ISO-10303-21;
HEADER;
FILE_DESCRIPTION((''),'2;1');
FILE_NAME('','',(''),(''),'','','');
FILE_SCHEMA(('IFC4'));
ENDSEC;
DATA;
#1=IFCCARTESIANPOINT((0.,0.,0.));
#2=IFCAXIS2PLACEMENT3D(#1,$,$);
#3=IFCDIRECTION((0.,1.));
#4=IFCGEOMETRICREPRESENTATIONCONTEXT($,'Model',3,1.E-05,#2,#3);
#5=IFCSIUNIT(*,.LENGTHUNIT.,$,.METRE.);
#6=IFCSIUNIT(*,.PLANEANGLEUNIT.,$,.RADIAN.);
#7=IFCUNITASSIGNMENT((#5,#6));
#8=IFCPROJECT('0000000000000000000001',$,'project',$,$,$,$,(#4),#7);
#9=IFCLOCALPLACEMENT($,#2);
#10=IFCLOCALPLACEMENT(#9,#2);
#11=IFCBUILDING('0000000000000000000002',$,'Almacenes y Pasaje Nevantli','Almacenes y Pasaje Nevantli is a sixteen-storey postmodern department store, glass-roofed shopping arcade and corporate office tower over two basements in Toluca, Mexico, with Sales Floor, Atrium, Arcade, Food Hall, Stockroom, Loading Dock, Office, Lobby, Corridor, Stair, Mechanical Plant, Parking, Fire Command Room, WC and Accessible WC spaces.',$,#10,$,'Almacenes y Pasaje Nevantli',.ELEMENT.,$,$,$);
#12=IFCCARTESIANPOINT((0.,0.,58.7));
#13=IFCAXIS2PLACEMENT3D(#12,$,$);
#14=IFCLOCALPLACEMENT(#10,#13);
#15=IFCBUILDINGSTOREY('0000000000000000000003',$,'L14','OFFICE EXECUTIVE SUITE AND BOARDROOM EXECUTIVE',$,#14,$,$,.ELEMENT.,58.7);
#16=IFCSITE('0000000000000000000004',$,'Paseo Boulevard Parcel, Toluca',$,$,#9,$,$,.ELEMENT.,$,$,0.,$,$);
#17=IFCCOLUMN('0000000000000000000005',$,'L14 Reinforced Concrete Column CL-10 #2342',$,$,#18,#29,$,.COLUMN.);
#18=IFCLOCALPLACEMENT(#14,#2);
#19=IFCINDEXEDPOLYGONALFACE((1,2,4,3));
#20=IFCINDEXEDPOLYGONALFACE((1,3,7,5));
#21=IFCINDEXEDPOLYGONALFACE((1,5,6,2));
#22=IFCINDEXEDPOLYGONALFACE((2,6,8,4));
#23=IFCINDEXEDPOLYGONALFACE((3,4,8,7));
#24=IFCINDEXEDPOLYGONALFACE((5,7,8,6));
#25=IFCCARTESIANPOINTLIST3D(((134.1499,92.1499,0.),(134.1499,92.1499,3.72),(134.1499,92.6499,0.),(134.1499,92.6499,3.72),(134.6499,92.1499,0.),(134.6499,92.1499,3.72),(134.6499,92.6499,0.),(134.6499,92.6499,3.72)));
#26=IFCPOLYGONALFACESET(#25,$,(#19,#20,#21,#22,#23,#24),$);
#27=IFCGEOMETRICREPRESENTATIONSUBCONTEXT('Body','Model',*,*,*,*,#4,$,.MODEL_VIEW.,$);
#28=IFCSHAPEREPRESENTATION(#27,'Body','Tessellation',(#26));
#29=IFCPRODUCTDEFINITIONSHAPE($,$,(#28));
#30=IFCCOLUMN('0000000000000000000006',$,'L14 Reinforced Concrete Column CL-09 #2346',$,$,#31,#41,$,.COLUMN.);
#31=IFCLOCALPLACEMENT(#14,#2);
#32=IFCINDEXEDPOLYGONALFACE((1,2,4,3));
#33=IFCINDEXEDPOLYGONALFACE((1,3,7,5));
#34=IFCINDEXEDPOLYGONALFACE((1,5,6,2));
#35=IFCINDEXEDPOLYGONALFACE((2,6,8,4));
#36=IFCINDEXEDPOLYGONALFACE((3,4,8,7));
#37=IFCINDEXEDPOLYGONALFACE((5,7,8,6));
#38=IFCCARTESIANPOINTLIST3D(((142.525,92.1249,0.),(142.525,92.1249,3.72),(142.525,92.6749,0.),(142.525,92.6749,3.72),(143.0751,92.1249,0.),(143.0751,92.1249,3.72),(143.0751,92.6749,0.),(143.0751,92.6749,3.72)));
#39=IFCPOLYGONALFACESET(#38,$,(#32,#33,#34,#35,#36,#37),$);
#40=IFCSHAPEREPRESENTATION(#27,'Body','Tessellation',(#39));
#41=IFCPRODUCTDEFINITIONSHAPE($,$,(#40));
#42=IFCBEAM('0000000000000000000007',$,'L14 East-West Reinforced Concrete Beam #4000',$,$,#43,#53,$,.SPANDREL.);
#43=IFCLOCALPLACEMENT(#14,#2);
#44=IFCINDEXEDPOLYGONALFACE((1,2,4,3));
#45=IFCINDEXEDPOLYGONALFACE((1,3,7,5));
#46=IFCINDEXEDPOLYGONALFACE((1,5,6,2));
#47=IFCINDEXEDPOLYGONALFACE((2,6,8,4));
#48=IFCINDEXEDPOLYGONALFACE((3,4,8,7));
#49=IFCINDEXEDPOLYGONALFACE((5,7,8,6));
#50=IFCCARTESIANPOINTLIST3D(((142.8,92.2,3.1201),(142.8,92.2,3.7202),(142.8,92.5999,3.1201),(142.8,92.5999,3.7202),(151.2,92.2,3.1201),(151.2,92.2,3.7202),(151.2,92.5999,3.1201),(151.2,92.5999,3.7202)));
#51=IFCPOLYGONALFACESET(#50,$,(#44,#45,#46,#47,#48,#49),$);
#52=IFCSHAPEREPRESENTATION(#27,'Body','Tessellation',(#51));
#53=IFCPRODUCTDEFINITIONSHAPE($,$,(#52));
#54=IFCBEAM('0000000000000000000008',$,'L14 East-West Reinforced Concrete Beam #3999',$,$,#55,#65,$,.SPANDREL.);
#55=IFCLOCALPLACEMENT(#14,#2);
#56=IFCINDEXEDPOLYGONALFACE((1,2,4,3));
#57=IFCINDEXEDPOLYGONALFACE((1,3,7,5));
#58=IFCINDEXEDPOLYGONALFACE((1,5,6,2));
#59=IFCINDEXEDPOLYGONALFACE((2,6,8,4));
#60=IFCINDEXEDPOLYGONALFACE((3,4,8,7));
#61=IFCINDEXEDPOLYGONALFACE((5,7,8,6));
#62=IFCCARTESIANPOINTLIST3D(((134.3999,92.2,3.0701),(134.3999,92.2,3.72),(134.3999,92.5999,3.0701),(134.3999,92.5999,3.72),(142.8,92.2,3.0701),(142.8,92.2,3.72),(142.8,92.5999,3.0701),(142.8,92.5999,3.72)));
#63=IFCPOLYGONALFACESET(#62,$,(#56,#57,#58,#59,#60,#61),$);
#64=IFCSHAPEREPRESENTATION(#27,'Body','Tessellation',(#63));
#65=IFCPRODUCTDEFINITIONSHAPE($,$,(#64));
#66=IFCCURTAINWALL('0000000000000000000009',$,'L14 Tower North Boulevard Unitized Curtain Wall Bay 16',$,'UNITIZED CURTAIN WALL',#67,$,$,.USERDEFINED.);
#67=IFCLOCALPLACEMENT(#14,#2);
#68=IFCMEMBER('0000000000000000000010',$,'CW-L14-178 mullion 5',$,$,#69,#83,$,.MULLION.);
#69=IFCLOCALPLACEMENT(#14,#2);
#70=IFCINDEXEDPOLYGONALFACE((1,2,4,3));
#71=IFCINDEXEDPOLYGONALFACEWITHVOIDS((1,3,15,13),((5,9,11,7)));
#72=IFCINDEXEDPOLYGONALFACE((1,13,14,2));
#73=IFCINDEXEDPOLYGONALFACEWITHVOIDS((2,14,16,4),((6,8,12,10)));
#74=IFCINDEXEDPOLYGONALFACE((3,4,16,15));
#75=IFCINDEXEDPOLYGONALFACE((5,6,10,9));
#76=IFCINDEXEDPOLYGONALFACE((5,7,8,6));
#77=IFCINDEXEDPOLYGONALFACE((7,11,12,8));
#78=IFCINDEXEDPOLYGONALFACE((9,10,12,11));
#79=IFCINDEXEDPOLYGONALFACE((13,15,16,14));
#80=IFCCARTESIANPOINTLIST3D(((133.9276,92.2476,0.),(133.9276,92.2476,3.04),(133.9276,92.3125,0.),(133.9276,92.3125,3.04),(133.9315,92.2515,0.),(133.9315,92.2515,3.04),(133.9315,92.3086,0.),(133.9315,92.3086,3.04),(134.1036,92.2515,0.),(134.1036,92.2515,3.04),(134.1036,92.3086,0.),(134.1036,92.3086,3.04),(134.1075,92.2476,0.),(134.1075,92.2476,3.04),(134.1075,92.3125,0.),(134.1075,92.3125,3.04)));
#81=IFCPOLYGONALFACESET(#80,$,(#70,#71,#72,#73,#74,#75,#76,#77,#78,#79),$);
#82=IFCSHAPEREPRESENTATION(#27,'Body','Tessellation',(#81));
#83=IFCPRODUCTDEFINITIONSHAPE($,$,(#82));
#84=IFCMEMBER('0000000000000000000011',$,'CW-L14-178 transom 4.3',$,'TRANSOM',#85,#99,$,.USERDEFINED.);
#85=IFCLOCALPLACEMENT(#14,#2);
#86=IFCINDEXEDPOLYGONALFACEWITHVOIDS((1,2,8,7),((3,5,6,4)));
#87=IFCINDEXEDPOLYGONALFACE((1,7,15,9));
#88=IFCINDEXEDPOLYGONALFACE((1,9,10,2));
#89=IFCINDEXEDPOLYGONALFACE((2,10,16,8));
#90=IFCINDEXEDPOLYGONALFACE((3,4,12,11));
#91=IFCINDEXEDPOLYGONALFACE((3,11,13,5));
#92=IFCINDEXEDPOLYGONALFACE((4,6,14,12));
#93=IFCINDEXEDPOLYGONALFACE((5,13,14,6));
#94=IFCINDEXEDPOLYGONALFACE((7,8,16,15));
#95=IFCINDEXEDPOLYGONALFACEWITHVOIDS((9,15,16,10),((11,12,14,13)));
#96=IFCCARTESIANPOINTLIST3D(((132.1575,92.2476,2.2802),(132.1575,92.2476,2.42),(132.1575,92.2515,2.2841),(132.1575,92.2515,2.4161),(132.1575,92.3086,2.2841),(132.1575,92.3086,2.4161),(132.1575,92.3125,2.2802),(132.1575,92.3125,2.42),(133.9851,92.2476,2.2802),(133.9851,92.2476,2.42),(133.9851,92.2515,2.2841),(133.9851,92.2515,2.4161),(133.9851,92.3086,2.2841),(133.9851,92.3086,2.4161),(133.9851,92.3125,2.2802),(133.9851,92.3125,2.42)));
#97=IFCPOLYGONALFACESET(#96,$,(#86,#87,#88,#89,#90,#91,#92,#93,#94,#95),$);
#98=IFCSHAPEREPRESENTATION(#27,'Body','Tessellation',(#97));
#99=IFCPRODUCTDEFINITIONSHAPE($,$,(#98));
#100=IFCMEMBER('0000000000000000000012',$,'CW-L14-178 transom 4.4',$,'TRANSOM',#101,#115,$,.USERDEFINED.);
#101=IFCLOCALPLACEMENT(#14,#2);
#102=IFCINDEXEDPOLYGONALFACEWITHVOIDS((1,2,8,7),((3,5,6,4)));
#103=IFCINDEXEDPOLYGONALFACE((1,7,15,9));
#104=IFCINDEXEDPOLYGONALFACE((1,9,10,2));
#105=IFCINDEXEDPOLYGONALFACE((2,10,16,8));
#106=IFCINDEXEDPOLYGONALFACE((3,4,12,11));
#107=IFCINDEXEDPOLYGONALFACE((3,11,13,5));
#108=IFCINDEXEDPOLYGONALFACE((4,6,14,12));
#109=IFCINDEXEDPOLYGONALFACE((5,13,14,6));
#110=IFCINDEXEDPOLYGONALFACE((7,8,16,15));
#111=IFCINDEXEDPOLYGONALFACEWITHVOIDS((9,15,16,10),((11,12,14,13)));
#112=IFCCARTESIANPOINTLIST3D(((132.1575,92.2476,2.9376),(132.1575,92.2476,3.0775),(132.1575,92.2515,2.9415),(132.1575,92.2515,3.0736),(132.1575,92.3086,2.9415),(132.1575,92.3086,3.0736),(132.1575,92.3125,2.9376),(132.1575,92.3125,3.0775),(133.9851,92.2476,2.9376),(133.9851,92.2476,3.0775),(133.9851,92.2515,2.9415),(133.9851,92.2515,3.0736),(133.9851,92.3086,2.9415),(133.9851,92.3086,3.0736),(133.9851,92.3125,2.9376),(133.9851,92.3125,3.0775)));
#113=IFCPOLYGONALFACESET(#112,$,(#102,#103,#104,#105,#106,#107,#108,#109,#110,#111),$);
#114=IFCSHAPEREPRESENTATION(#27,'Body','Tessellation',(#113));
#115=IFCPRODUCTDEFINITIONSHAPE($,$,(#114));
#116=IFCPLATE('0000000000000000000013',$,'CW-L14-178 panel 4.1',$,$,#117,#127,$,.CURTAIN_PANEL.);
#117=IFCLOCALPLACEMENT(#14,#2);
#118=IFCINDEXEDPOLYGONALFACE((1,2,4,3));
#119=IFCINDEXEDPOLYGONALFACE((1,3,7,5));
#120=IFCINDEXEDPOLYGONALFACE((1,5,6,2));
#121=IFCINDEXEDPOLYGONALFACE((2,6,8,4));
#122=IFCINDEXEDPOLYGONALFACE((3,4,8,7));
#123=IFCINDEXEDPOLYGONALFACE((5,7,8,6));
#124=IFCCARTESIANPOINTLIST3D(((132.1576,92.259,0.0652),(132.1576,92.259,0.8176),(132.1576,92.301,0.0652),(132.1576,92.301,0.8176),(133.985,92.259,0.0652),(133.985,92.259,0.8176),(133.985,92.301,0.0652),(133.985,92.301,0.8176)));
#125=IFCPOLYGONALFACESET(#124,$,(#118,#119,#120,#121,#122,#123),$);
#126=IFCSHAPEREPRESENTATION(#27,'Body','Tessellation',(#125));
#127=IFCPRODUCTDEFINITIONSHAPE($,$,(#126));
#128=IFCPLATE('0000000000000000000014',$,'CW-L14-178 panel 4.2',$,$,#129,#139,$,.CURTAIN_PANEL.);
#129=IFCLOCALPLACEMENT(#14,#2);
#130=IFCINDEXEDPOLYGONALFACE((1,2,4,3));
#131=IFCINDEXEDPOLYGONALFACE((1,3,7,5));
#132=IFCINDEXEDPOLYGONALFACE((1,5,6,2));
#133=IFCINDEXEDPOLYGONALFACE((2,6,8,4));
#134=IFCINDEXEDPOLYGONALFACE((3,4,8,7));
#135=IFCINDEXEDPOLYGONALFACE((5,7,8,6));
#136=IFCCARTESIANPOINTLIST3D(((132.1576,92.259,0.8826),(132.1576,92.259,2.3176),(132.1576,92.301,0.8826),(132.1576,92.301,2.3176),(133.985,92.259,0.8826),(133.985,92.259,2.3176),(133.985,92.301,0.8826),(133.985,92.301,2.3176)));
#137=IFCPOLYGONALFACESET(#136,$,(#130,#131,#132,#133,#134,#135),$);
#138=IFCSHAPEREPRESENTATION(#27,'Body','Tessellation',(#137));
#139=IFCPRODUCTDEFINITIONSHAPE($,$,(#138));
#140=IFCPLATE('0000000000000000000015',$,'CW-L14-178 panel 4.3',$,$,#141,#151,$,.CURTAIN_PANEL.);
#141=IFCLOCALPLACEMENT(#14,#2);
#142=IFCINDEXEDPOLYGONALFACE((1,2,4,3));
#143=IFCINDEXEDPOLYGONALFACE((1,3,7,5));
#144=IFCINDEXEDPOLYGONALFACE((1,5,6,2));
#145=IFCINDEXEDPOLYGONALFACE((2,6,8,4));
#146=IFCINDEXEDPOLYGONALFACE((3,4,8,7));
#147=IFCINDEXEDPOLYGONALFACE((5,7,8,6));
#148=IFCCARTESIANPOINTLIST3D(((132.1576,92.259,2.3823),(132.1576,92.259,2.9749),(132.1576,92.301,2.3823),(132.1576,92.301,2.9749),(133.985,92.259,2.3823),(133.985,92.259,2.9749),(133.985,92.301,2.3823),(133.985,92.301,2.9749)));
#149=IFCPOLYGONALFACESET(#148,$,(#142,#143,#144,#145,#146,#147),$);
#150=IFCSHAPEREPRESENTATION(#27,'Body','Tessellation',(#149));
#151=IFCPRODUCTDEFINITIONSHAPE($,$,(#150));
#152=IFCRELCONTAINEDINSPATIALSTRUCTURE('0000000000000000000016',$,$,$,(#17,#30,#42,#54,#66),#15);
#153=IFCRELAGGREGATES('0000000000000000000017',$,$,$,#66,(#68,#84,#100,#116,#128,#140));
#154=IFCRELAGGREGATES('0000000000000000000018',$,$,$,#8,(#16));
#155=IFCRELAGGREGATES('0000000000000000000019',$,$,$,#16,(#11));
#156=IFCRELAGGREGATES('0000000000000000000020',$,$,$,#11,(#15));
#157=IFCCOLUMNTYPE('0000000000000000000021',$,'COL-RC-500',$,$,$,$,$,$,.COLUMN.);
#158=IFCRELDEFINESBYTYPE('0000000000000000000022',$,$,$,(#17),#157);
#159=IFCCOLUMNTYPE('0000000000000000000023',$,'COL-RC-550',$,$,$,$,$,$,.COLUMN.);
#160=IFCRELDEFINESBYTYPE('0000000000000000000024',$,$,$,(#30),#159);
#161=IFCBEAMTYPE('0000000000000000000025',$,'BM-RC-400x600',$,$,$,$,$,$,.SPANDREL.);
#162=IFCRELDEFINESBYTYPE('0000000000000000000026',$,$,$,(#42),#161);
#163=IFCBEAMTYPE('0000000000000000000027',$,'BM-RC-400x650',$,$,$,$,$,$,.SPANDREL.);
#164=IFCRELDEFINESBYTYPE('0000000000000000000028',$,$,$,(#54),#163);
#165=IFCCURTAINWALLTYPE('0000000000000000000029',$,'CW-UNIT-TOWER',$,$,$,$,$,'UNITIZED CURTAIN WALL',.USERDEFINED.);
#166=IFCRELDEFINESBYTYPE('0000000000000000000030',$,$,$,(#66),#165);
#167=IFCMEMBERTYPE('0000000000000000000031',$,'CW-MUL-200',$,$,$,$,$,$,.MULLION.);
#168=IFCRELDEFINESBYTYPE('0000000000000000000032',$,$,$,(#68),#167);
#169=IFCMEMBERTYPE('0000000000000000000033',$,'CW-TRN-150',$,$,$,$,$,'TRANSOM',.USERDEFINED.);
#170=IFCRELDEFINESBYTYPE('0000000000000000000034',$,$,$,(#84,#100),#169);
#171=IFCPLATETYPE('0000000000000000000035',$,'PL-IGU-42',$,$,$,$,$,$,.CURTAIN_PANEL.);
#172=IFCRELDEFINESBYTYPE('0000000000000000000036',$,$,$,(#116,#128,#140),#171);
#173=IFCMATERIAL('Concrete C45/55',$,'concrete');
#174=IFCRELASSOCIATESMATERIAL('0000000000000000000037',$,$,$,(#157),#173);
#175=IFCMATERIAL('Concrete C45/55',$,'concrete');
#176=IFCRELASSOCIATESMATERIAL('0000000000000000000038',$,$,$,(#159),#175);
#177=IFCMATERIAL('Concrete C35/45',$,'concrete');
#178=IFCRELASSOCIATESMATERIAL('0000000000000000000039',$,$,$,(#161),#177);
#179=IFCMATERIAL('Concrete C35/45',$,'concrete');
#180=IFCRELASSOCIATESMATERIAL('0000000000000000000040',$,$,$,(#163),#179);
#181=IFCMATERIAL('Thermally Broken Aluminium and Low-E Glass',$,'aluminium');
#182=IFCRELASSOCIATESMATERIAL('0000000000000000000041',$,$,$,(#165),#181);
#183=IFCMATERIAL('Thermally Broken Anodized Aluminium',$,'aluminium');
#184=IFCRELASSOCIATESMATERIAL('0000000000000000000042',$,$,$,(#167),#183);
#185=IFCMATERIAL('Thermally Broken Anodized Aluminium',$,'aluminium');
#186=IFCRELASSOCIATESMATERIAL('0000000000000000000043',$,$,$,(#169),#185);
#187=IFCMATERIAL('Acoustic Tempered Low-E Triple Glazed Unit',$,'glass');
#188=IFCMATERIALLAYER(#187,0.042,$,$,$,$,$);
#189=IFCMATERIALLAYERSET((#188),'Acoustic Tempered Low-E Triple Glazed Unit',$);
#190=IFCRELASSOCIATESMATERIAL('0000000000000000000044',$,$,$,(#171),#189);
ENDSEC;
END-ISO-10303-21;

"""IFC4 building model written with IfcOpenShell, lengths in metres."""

from ifc_helpers import new_model, si_unit, direction, frame, origin, origin_2d, place, context, subcontext, project, spatial, rectangle, hollow_rectangle, extrude, material, layer, layer_set, material_profile, profile_set, type_object, element, aggregate, save


model = new_model("IFC4")

# Units and contexts
model_context = context("Model", 3, precision=1e-05, world=origin(), true_north=direction((0.0, 1.0)))
body_context = subcontext(model_context, "Body", "Model", "MODEL_VIEW")
ifc_project = project(units=[si_unit("LENGTHUNIT", "METRE"), si_unit("PLANEANGLEUNIT", "RADIAN")], contexts=[model_context])

# Site, building, storey
site_placement = place(None, origin())
site = spatial("IfcSite", under=ifc_project, at=site_placement, Name="Paseo Boulevard Parcel, Toluca", CompositionType="ELEMENT", RefElevation=0.0)
building_placement = place(site_placement, origin())
building = spatial("IfcBuilding", under=site, at=building_placement, Name="Almacenes y Pasaje Nevantli", Description="Almacenes y Pasaje Nevantli is a sixteen-storey postmodern department store, glass-roofed shopping arcade and corporate office tower over two basements in Toluca, Mexico, with Sales Floor, Atrium, Arcade, Food Hall, Stockroom, Loading Dock, Office, Lobby, Corridor, Stair, Mechanical Plant, Parking, Fire Command Room, WC and Accessible WC spaces.", LongName="Almacenes y Pasaje Nevantli", CompositionType="ELEMENT")
storey_placement = place(building_placement, frame((0.0, 0.0, 58.7)))
storey = spatial("IfcBuildingStorey", under=building, at=storey_placement, Name="L14", Description="OFFICE EXECUTIVE SUITE AND BOARDROOM EXECUTIVE", CompositionType="ELEMENT", Elevation=58.7)

# Columns
ifc_material_1 = material(Name="Concrete C45/55", Category="concrete")
ifc_material_profile_1 = material_profile(ifc_material_1, rectangle(XDim=0.5, YDim=0.5, at=origin_2d()), Name="RC-COL-500x500")
ifc_profile_set_1 = profile_set([ifc_material_profile_1], Name="Concrete C45/55")
column_type_1 = type_object("IfcColumnType", Name="COL-RC-500", PredefinedType="COLUMN", material=ifc_profile_set_1)
column_1_placement = place(storey_placement, frame((134.3999, 92.3999, 0.0), z_axis=(0.0, 0.0, 1.0), x_axis=(1.0, 0.0, 0.0)))
element("IfcColumn", 1, at=column_1_placement, inside=storey, type_object=column_type_1, Name="L14 Reinforced Concrete Column CL-10 #2342", PredefinedType="COLUMN", context=body_context, shape_type="SweptSolid", body=[
    extrude(rectangle(XDim=0.5, YDim=0.5, at=origin_2d()), origin(), (0.0, 0.0, 1.0), 3.72),
])
ifc_material_2 = material(Name="Concrete C45/55", Category="concrete")
ifc_material_profile_2 = material_profile(ifc_material_2, rectangle(XDim=0.55, YDim=0.55, at=origin_2d()), Name="RC-COL-550x550")
ifc_profile_set_2 = profile_set([ifc_material_profile_2], Name="Concrete C45/55")
column_type_2 = type_object("IfcColumnType", Name="COL-RC-550", PredefinedType="COLUMN", material=ifc_profile_set_2)
column_2_placement = place(storey_placement, frame((142.8, 92.3999, 0.0), z_axis=(0.0, 0.0, 1.0), x_axis=(1.0, 0.0, 0.0)))
element("IfcColumn", 2, at=column_2_placement, inside=storey, type_object=column_type_2, Name="L14 Reinforced Concrete Column CL-09 #2346", PredefinedType="COLUMN", context=body_context, shape_type="SweptSolid", body=[
    extrude(rectangle(XDim=0.55, YDim=0.55, at=origin_2d()), origin(), (0.0, 0.0, 1.0), 3.72),
])

# Beams
ifc_material_3 = material(Name="Concrete C35/45", Category="concrete")
ifc_material_profile_3 = material_profile(ifc_material_3, rectangle(XDim=0.3999, YDim=0.6001, at=origin_2d()), Name="RC-BM-400x600")
ifc_profile_set_3 = profile_set([ifc_material_profile_3], Name="Concrete C35/45")
beam_type_1 = type_object("IfcBeamType", Name="BM-RC-400x600", PredefinedType="SPANDREL", material=ifc_profile_set_3)
beam_1_placement = place(storey_placement, frame((142.8, 92.3999, 3.4202), z_axis=(1.0, 0.0, 0.0), x_axis=(0.0, 1.0, 0.0)))
element("IfcBeam", 3, at=beam_1_placement, inside=storey, type_object=beam_type_1, Name="L14 East-West Reinforced Concrete Beam #4000", PredefinedType="SPANDREL", context=body_context, shape_type="SweptSolid", body=[
    extrude(rectangle(XDim=0.3999, YDim=0.6001, at=origin_2d()), origin(), (0.0, 0.0, 1.0), 8.3999),
])
ifc_material_4 = material(Name="Concrete C35/45", Category="concrete")
ifc_material_profile_4 = material_profile(ifc_material_4, rectangle(XDim=0.3999, YDim=0.6499, at=origin_2d()), Name="RC-BM-400x650")
ifc_profile_set_4 = profile_set([ifc_material_profile_4], Name="Concrete C35/45")
beam_type_2 = type_object("IfcBeamType", Name="BM-RC-400x650", PredefinedType="SPANDREL", material=ifc_profile_set_4)
beam_2_placement = place(storey_placement, frame((134.3999, 92.3999, 3.395), z_axis=(1.0, 0.0, 0.0), x_axis=(0.0, 1.0, 0.0)))
element("IfcBeam", 4, at=beam_2_placement, inside=storey, type_object=beam_type_2, Name="L14 East-West Reinforced Concrete Beam #3999", PredefinedType="SPANDREL", context=body_context, shape_type="SweptSolid", body=[
    extrude(rectangle(XDim=0.3999, YDim=0.6499, at=origin_2d()), origin(), (0.0, 0.0, 1.0), 8.4001),
])

# Curtain wall, members, plates
ifc_material_5 = material(Name="Thermally Broken Aluminium and Low-E Glass", Category="aluminium")
curtain_wall_type = type_object("IfcCurtainWallType", Name="CW-UNIT-TOWER", ElementType="UNITIZED CURTAIN WALL", PredefinedType="USERDEFINED", material=ifc_material_5)
curtain_wall_placement = place(storey_placement, origin())
curtain_wall = element("IfcCurtainWall", 5, at=curtain_wall_placement, inside=storey, type_object=curtain_wall_type, Name="L14 Tower North Boulevard Unitized Curtain Wall Bay 16", ObjectType="UNITIZED CURTAIN WALL", PredefinedType="USERDEFINED")
ifc_material_6 = material(Name="Thermally Broken Anodized Aluminium", Category="aluminium")
ifc_material_profile_5 = material_profile(ifc_material_6, hollow_rectangle(XDim=0.0649, YDim=0.1799, WallThickness=0.0039, at=origin_2d()), Name="ALU-MUL-65x180")
ifc_profile_set_5 = profile_set([ifc_material_profile_5], Name="Thermally Broken Anodized Aluminium")
member_type_1 = type_object("IfcMemberType", Name="CW-MUL-200", PredefinedType="MULLION", material=ifc_profile_set_5)
member_1_placement = place(storey_placement, frame((134.0176, 92.28, 0.0), z_axis=(0.0, 0.0, 1.0), x_axis=(0.0, 1.0, 0.0)))
member_1 = element("IfcMember", 6, at=member_1_placement, type_object=member_type_1, Name="CW-L14-178 mullion 5", PredefinedType="MULLION", context=body_context, shape_type="SweptSolid", body=[
    extrude(hollow_rectangle(XDim=0.0649, YDim=0.1799, WallThickness=0.0039, at=origin_2d()), origin(), (0.0, 0.0, 1.0), 3.04),
])
ifc_material_7 = material(Name="Thermally Broken Anodized Aluminium", Category="aluminium")
ifc_material_profile_6 = material_profile(ifc_material_7, hollow_rectangle(XDim=0.0649, YDim=0.1399, WallThickness=0.0039, at=origin_2d()), Name="ALU-TRN-65x140")
ifc_profile_set_6 = profile_set([ifc_material_profile_6], Name="Thermally Broken Anodized Aluminium")
member_type_2 = type_object("IfcMemberType", Name="CW-TRN-150", ElementType="TRANSOM", PredefinedType="USERDEFINED", material=ifc_profile_set_6)
member_2_placement = place(storey_placement, frame((132.1575, 92.28, 2.3501), z_axis=(1.0, 0.0, 0.0), x_axis=(0.0, 1.0, 0.0)))
member_2 = element("IfcMember", 7, at=member_2_placement, type_object=member_type_2, Name="CW-L14-178 transom 4.3", ObjectType="TRANSOM", PredefinedType="USERDEFINED", context=body_context, shape_type="SweptSolid", body=[
    extrude(hollow_rectangle(XDim=0.0649, YDim=0.1399, WallThickness=0.0039, at=origin_2d()), origin(), (0.0, 0.0, 1.0), 1.8276),
])
member_3_placement = place(storey_placement, frame((132.1575, 92.28, 3.0076), z_axis=(1.0, 0.0, 0.0), x_axis=(0.0, 1.0, 0.0)))
member_3 = element("IfcMember", 8, at=member_3_placement, type_object=member_type_2, Name="CW-L14-178 transom 4.4", ObjectType="TRANSOM", PredefinedType="USERDEFINED", context=body_context, shape_type="SweptSolid", body=[
    extrude(hollow_rectangle(XDim=0.0649, YDim=0.1399, WallThickness=0.0039, at=origin_2d()), origin(), (0.0, 0.0, 1.0), 1.8276),
])
ifc_material_8 = material(Name="Acoustic Tempered Low-E Triple Glazed Unit", Category="glass")
ifc_layer_1 = layer(ifc_material_8, 0.042)
ifc_layer_set_1 = layer_set([ifc_layer_1], Name="Acoustic Tempered Low-E Triple Glazed Unit")
plate_type = type_object("IfcPlateType", Name="PL-IGU-42", PredefinedType="CURTAIN_PANEL", material=ifc_layer_set_1)
plate_1_placement = place(storey_placement, frame((133.0713, 92.28, 0.0652), z_axis=(0.0, 0.0, 1.0), x_axis=(1.0, 0.0, 0.0)))
plate_1 = element("IfcPlate", 9, at=plate_1_placement, type_object=plate_type, Name="CW-L14-178 panel 4.1", PredefinedType="CURTAIN_PANEL", context=body_context, shape_type="SweptSolid", body=[
    extrude(rectangle(XDim=1.8274, YDim=0.042, at=origin_2d()), origin(), (0.0, 0.0, 1.0), 0.7524),
])
plate_2_placement = place(storey_placement, frame((133.0713, 92.28, 0.8826), z_axis=(0.0, 0.0, 1.0), x_axis=(1.0, 0.0, 0.0)))
plate_2 = element("IfcPlate", 10, at=plate_2_placement, type_object=plate_type, Name="CW-L14-178 panel 4.2", PredefinedType="CURTAIN_PANEL", context=body_context, shape_type="SweptSolid", body=[
    extrude(rectangle(XDim=1.8274, YDim=0.042, at=origin_2d()), origin(), (0.0, 0.0, 1.0), 1.4351),
])
plate_3_placement = place(storey_placement, frame((133.0713, 92.28, 2.3823), z_axis=(0.0, 0.0, 1.0), x_axis=(1.0, 0.0, 0.0)))
plate_3 = element("IfcPlate", 11, at=plate_3_placement, type_object=plate_type, Name="CW-L14-178 panel 4.3", PredefinedType="CURTAIN_PANEL", context=body_context, shape_type="SweptSolid", body=[
    extrude(rectangle(XDim=1.8274, YDim=0.042, at=origin_2d()), origin(), (0.0, 0.0, 1.0), 0.5925),
])
aggregate(curtain_wall, [member_1, member_2, member_3, plate_1, plate_2, plate_3])

save(model, "model.ifc")
